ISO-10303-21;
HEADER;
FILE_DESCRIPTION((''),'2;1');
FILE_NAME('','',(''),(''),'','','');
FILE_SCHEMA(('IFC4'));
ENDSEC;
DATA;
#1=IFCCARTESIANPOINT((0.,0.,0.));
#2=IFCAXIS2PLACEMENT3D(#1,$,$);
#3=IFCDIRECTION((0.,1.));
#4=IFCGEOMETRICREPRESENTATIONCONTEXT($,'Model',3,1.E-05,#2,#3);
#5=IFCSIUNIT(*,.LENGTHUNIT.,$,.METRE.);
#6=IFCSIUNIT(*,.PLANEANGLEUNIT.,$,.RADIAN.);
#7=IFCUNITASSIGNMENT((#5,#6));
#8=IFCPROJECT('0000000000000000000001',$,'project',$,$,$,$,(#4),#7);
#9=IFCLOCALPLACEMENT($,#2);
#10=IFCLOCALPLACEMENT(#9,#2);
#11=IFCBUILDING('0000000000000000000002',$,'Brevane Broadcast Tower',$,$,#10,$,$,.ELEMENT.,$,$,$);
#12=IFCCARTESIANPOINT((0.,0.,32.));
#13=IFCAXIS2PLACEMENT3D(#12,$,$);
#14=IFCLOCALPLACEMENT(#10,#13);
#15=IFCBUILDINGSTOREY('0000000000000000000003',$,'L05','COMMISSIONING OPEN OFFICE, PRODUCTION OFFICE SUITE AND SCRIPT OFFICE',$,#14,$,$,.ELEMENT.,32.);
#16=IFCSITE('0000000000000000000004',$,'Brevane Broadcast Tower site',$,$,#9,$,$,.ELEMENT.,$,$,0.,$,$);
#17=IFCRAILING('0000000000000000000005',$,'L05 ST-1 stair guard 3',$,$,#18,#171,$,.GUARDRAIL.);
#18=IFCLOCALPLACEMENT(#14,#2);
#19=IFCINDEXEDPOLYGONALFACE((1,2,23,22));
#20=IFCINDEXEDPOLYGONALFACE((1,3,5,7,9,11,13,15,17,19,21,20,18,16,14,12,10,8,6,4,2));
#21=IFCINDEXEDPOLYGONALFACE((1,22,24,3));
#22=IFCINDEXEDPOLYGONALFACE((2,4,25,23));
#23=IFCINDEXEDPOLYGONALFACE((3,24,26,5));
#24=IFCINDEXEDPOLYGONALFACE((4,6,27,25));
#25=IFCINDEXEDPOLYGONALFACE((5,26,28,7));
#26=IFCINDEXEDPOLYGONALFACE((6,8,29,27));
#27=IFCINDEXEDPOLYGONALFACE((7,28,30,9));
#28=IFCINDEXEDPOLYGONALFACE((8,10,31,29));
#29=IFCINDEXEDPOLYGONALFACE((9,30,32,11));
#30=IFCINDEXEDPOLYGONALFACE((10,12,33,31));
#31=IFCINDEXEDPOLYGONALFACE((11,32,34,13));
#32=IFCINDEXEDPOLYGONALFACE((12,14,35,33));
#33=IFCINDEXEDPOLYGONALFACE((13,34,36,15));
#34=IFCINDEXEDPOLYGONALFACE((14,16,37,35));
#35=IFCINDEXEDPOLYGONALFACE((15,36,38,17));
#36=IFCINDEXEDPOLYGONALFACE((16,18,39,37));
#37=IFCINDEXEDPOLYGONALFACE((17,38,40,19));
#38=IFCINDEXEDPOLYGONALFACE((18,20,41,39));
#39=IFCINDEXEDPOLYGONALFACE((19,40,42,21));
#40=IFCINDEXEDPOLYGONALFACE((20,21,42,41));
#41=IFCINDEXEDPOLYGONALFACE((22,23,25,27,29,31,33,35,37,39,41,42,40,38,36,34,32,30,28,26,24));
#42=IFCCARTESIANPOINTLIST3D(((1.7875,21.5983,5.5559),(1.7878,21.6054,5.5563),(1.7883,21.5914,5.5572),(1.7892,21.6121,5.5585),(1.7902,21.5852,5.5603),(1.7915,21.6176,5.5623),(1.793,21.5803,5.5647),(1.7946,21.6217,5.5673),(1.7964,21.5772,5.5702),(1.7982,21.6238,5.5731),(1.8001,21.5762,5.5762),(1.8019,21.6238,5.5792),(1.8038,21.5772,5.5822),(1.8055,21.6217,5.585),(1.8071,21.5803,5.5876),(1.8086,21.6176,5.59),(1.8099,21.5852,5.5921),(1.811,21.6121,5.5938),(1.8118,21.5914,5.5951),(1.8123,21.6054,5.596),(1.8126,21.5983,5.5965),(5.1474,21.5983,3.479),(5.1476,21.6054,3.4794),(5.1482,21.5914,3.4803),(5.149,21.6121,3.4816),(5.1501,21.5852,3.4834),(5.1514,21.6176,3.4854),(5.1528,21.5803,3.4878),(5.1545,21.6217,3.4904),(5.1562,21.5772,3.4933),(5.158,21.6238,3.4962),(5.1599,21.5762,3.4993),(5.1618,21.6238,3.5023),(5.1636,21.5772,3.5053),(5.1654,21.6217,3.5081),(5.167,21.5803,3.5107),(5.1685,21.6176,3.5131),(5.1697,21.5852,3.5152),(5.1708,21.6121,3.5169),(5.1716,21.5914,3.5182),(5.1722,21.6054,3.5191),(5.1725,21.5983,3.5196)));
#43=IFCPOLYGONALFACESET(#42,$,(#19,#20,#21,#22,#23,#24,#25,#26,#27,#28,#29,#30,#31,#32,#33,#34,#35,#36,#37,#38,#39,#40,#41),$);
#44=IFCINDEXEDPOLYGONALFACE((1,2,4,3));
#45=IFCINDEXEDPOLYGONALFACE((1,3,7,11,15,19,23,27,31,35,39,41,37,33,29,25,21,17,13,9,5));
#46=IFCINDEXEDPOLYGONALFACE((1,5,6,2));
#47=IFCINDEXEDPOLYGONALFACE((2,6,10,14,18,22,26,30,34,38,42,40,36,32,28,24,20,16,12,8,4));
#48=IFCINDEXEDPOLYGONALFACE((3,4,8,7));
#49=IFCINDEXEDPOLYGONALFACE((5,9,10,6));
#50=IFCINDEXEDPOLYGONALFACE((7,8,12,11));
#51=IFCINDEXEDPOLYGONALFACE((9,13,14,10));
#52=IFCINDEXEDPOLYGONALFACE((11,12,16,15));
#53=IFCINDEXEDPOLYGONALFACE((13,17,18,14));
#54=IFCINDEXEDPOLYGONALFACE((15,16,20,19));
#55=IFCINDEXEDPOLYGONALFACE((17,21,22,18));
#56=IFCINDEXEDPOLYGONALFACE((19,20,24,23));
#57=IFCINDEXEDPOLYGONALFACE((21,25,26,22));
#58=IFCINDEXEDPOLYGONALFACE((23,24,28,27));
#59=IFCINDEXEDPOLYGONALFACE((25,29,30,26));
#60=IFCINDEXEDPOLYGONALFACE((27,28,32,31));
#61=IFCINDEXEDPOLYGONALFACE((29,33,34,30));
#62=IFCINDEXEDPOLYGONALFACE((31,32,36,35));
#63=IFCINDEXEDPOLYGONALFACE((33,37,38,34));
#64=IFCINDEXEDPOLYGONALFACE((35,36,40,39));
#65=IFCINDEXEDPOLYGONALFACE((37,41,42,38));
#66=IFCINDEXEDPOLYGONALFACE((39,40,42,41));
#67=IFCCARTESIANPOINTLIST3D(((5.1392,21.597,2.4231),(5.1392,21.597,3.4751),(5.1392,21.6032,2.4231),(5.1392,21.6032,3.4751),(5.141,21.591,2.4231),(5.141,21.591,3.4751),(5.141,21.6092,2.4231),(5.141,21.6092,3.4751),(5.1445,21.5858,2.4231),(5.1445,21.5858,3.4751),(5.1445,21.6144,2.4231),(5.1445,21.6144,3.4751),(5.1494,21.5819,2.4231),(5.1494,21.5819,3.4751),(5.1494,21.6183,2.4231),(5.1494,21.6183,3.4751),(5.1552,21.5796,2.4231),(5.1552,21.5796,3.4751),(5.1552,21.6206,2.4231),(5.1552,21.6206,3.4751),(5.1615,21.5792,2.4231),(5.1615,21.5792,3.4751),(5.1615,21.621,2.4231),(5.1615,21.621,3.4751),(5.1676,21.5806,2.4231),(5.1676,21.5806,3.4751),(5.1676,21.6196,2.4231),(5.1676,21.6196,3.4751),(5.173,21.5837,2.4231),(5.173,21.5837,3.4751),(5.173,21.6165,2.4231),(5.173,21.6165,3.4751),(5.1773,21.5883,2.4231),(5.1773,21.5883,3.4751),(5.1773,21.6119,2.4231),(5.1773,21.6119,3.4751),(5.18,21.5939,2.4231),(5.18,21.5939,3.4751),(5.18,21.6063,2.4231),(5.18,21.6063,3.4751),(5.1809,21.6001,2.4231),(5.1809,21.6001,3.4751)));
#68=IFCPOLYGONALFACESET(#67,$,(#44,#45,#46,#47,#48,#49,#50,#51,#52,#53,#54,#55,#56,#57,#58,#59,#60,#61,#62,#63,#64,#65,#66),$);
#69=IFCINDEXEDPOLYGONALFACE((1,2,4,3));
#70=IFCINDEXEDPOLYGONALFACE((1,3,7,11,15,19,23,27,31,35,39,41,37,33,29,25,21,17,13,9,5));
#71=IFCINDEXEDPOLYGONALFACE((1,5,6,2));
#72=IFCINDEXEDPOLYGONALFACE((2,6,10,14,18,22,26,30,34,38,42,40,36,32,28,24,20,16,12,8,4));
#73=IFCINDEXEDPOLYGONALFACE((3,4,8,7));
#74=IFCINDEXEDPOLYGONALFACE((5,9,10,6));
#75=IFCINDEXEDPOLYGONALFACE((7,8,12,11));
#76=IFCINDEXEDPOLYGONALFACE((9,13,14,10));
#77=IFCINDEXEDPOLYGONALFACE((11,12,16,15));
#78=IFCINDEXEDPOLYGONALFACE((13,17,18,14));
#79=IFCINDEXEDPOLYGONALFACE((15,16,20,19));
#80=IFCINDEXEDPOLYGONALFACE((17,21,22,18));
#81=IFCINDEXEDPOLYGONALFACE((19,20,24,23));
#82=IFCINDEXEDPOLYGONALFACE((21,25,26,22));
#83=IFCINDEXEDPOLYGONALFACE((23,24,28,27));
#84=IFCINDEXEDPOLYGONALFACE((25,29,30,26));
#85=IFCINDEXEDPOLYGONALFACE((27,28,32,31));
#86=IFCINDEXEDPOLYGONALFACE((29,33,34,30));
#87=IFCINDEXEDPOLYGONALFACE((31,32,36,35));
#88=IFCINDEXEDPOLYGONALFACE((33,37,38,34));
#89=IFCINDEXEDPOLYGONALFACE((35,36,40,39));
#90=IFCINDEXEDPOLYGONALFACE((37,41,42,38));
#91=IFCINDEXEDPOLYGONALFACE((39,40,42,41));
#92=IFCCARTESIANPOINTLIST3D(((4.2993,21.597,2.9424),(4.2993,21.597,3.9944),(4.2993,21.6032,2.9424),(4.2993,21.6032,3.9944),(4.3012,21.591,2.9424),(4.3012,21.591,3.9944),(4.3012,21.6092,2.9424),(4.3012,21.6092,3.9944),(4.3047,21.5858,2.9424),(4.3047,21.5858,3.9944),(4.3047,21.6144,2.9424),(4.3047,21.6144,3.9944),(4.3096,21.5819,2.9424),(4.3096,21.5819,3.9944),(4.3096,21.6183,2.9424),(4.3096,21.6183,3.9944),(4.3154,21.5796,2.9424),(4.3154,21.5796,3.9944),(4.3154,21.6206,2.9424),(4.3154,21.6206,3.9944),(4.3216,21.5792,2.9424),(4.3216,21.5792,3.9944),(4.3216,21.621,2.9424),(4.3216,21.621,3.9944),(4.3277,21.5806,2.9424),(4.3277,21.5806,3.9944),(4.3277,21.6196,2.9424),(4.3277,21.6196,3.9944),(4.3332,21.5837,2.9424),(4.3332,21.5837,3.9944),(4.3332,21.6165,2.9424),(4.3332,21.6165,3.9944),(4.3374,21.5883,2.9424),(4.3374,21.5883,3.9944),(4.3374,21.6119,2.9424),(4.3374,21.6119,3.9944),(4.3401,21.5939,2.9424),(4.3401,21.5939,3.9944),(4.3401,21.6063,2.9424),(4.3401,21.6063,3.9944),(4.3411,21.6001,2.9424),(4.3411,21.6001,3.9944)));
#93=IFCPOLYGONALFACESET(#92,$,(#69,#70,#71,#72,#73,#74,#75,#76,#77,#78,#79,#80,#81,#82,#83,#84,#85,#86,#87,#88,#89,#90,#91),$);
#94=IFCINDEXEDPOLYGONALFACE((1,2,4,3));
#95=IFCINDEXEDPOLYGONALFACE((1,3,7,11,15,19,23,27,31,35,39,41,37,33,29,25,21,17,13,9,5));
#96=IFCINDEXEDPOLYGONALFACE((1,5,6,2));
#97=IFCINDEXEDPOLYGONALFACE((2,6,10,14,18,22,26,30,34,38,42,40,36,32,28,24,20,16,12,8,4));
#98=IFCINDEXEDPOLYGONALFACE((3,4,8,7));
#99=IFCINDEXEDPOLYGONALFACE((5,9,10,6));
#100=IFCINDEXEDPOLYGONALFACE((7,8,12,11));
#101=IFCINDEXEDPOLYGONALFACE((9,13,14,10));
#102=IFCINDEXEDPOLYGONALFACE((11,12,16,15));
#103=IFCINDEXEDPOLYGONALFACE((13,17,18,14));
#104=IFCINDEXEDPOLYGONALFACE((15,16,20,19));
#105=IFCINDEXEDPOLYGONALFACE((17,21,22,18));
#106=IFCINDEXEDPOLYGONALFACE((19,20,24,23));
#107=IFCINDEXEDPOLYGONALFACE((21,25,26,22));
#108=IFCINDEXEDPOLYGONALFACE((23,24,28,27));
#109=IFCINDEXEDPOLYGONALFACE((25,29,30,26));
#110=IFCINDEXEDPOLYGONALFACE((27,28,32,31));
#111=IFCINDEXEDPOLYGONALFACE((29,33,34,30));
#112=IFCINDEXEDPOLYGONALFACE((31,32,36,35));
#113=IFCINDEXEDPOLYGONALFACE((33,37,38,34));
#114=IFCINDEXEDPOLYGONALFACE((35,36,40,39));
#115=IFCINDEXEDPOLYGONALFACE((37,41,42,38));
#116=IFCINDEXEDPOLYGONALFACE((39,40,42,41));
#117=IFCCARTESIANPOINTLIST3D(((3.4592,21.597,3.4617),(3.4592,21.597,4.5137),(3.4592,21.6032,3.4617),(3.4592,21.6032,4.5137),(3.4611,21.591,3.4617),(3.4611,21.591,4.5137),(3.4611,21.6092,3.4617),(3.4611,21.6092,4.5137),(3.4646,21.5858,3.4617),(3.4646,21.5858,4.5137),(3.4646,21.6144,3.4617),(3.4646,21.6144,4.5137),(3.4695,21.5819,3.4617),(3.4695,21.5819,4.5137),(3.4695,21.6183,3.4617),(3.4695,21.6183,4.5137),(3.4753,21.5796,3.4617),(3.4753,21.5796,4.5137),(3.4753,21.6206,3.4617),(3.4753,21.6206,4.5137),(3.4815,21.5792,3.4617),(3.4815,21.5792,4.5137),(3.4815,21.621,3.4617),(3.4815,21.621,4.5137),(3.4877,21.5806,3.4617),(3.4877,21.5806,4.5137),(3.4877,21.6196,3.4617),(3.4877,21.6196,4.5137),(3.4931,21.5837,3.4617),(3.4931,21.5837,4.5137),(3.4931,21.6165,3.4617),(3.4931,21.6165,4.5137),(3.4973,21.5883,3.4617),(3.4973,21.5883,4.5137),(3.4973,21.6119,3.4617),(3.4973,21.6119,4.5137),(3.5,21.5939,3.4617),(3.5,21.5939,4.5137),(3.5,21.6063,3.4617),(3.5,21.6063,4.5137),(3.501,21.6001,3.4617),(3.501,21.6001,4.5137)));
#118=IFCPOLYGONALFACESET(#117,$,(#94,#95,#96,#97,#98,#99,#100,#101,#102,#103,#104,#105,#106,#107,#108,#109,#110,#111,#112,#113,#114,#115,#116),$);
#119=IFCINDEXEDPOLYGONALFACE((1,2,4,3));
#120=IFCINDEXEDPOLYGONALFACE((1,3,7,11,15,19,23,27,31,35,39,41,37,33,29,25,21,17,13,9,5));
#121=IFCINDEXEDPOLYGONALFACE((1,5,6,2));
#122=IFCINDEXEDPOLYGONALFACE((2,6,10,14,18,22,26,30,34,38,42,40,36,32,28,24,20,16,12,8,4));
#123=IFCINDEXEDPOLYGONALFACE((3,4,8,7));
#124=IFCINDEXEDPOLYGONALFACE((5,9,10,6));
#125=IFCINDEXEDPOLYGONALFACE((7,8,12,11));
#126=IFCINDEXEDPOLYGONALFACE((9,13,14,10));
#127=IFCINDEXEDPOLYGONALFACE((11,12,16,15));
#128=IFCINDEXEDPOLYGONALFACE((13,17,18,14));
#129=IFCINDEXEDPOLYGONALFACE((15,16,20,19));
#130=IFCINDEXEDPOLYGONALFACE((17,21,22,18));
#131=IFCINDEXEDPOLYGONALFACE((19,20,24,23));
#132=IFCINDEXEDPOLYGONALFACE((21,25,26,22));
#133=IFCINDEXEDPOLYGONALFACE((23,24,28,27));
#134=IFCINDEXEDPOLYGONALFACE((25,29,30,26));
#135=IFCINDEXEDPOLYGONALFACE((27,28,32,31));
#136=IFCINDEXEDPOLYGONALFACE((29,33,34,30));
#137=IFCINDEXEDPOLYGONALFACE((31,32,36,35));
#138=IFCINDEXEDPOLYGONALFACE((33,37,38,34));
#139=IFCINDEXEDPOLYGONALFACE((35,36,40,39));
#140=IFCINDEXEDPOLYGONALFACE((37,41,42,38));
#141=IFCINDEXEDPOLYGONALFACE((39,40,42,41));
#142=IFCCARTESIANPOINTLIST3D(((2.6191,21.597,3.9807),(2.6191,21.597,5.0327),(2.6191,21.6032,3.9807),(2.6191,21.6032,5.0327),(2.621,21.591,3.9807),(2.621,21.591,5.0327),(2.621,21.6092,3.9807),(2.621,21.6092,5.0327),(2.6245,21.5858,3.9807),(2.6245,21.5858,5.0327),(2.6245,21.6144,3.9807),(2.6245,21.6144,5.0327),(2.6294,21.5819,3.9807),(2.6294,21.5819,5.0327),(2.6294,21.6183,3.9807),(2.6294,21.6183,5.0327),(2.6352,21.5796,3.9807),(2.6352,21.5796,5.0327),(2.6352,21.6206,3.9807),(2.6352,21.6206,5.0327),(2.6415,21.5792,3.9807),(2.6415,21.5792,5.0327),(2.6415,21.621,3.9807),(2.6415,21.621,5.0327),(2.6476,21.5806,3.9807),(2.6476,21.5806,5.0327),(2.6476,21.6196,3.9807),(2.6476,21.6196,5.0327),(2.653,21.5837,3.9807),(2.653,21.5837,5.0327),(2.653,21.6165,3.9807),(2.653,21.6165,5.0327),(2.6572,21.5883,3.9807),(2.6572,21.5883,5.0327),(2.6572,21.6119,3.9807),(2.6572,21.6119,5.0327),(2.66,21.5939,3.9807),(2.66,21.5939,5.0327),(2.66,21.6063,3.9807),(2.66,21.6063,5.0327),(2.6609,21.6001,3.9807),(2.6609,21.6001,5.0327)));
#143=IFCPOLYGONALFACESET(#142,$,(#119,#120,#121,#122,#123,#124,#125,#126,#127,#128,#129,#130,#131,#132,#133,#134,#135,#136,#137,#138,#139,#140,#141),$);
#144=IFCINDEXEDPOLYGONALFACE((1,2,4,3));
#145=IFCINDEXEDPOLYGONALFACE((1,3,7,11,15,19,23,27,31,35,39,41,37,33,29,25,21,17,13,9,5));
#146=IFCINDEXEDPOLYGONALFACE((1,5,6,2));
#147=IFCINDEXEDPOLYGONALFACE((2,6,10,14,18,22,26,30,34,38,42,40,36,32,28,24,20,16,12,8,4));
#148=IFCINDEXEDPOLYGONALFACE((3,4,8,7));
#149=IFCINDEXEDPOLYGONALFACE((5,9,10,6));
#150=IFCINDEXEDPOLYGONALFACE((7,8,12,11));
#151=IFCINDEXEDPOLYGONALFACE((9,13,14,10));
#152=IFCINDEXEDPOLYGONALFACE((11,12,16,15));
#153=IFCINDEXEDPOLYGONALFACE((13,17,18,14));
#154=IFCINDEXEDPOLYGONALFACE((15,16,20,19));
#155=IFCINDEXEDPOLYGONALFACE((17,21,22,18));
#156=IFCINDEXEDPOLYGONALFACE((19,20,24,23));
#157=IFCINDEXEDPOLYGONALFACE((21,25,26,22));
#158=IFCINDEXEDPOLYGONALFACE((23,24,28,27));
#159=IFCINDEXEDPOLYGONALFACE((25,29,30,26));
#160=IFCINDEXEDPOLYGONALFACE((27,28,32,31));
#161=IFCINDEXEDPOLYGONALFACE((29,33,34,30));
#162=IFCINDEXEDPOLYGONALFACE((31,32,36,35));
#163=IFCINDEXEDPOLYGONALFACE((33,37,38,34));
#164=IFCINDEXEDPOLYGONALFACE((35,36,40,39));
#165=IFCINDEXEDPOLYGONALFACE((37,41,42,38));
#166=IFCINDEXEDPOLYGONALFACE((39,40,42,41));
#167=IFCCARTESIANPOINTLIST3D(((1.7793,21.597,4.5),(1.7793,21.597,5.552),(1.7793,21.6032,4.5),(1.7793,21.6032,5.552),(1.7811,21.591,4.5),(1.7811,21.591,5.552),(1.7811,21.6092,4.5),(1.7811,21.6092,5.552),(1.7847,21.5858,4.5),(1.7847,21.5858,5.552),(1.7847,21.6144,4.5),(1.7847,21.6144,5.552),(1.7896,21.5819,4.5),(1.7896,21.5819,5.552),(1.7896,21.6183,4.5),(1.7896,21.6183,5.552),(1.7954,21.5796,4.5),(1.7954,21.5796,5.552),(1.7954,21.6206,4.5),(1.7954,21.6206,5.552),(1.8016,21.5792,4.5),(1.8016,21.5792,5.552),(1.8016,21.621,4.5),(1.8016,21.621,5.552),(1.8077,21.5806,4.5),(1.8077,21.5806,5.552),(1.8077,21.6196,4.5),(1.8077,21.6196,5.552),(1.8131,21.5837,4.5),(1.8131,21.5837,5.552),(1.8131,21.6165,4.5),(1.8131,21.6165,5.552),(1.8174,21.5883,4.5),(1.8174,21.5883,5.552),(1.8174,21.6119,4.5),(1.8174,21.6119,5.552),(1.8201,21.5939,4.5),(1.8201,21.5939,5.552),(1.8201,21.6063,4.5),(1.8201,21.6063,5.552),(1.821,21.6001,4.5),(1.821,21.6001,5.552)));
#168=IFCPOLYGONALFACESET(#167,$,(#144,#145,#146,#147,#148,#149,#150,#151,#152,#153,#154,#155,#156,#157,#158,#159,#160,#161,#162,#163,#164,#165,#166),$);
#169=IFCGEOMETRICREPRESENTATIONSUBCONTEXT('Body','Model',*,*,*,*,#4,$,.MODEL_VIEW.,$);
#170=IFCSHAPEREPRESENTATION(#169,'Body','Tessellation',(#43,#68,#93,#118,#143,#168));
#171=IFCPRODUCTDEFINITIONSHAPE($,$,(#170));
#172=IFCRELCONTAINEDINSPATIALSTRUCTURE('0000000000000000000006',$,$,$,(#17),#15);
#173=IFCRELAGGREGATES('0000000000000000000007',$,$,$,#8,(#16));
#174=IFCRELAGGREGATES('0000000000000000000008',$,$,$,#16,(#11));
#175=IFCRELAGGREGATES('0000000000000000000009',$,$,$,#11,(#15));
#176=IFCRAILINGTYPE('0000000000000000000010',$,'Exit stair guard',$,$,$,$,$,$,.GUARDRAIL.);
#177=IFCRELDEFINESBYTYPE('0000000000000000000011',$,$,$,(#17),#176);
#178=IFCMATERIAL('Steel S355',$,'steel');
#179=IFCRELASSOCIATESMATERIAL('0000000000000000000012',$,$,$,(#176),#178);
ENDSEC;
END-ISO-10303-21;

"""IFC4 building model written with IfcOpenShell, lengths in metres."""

from ifc_helpers import new_model, si_unit, direction, frame, origin, origin_2d, place, context, subcontext, project, spatial, circle, extrude, material, type_object, element, save


model = new_model("IFC4")

# Units and contexts
model_context = context("Model", 3, precision=1e-05, world=origin(), true_north=direction((0.0, 1.0)))
body_context = subcontext(model_context, "Body", "Model", "MODEL_VIEW")
ifc_project = project(units=[si_unit("LENGTHUNIT", "METRE"), si_unit("PLANEANGLEUNIT", "RADIAN")], contexts=[model_context])

# Site, building, storey
site_placement = place(None, origin())
site = spatial("IfcSite", under=ifc_project, at=site_placement, Name="Brevane Broadcast Tower site", CompositionType="ELEMENT", RefElevation=0.0)
building_placement = place(site_placement, origin())
building = spatial("IfcBuilding", under=site, at=building_placement, Name="Brevane Broadcast Tower", CompositionType="ELEMENT")
storey_placement = place(building_placement, frame((0.0, 0.0, 32.0)))
storey = spatial("IfcBuildingStorey", under=building, at=storey_placement, Name="L05", Description="COMMISSIONING OPEN OFFICE, PRODUCTION OFFICE SUITE AND SCRIPT OFFICE", CompositionType="ELEMENT", Elevation=32.0)

# Railing
ifc_material_1 = material(Name="Steel S355", Category="steel")
railing_type_1 = type_object("IfcRailingType", Name="Exit stair guard", PredefinedType="GUARDRAIL", material=ifc_material_1)
railing_1_placement = place(storey_placement, frame((5.1599, 21.6001, 2.4231)))
element("IfcRailing", 1, at=railing_1_placement, inside=storey, type_object=railing_type_1, Name="L05 ST-1 stair guard 3", PredefinedType="GUARDRAIL", context=body_context, shape_type="SweptSolid", body=[
    extrude(circle(Radius=0.0239, at=origin_2d()), frame((0.0, 0.0, 1.0762), z_axis=(-0.850606, 0.0, 0.525803), x_axis=(0.0, -1.0, 0.0)), (0.0, 0.0, 1.0), 3.95),
    extrude(circle(Radius=0.021, at=origin_2d()), origin(), (0.0, 0.0, 1.0), 1.052),
    extrude(circle(Radius=0.021, at=origin_2d()), frame((-0.8398, 0.0, 0.5193)), (0.0, 0.0, 1.0), 1.052),
    extrude(circle(Radius=0.021, at=origin_2d()), frame((-1.6799, 0.0, 1.0386)), (0.0, 0.0, 1.0), 1.052),
    extrude(circle(Radius=0.021, at=origin_2d()), frame((-2.52, 0.0, 1.5576)), (0.0, 0.0, 1.0), 1.052),
    extrude(circle(Radius=0.021, at=origin_2d()), frame((-3.3599, 0.0, 2.0769)), (0.0, 0.0, 1.0), 1.052),
])

save(model, "model.ifc")
